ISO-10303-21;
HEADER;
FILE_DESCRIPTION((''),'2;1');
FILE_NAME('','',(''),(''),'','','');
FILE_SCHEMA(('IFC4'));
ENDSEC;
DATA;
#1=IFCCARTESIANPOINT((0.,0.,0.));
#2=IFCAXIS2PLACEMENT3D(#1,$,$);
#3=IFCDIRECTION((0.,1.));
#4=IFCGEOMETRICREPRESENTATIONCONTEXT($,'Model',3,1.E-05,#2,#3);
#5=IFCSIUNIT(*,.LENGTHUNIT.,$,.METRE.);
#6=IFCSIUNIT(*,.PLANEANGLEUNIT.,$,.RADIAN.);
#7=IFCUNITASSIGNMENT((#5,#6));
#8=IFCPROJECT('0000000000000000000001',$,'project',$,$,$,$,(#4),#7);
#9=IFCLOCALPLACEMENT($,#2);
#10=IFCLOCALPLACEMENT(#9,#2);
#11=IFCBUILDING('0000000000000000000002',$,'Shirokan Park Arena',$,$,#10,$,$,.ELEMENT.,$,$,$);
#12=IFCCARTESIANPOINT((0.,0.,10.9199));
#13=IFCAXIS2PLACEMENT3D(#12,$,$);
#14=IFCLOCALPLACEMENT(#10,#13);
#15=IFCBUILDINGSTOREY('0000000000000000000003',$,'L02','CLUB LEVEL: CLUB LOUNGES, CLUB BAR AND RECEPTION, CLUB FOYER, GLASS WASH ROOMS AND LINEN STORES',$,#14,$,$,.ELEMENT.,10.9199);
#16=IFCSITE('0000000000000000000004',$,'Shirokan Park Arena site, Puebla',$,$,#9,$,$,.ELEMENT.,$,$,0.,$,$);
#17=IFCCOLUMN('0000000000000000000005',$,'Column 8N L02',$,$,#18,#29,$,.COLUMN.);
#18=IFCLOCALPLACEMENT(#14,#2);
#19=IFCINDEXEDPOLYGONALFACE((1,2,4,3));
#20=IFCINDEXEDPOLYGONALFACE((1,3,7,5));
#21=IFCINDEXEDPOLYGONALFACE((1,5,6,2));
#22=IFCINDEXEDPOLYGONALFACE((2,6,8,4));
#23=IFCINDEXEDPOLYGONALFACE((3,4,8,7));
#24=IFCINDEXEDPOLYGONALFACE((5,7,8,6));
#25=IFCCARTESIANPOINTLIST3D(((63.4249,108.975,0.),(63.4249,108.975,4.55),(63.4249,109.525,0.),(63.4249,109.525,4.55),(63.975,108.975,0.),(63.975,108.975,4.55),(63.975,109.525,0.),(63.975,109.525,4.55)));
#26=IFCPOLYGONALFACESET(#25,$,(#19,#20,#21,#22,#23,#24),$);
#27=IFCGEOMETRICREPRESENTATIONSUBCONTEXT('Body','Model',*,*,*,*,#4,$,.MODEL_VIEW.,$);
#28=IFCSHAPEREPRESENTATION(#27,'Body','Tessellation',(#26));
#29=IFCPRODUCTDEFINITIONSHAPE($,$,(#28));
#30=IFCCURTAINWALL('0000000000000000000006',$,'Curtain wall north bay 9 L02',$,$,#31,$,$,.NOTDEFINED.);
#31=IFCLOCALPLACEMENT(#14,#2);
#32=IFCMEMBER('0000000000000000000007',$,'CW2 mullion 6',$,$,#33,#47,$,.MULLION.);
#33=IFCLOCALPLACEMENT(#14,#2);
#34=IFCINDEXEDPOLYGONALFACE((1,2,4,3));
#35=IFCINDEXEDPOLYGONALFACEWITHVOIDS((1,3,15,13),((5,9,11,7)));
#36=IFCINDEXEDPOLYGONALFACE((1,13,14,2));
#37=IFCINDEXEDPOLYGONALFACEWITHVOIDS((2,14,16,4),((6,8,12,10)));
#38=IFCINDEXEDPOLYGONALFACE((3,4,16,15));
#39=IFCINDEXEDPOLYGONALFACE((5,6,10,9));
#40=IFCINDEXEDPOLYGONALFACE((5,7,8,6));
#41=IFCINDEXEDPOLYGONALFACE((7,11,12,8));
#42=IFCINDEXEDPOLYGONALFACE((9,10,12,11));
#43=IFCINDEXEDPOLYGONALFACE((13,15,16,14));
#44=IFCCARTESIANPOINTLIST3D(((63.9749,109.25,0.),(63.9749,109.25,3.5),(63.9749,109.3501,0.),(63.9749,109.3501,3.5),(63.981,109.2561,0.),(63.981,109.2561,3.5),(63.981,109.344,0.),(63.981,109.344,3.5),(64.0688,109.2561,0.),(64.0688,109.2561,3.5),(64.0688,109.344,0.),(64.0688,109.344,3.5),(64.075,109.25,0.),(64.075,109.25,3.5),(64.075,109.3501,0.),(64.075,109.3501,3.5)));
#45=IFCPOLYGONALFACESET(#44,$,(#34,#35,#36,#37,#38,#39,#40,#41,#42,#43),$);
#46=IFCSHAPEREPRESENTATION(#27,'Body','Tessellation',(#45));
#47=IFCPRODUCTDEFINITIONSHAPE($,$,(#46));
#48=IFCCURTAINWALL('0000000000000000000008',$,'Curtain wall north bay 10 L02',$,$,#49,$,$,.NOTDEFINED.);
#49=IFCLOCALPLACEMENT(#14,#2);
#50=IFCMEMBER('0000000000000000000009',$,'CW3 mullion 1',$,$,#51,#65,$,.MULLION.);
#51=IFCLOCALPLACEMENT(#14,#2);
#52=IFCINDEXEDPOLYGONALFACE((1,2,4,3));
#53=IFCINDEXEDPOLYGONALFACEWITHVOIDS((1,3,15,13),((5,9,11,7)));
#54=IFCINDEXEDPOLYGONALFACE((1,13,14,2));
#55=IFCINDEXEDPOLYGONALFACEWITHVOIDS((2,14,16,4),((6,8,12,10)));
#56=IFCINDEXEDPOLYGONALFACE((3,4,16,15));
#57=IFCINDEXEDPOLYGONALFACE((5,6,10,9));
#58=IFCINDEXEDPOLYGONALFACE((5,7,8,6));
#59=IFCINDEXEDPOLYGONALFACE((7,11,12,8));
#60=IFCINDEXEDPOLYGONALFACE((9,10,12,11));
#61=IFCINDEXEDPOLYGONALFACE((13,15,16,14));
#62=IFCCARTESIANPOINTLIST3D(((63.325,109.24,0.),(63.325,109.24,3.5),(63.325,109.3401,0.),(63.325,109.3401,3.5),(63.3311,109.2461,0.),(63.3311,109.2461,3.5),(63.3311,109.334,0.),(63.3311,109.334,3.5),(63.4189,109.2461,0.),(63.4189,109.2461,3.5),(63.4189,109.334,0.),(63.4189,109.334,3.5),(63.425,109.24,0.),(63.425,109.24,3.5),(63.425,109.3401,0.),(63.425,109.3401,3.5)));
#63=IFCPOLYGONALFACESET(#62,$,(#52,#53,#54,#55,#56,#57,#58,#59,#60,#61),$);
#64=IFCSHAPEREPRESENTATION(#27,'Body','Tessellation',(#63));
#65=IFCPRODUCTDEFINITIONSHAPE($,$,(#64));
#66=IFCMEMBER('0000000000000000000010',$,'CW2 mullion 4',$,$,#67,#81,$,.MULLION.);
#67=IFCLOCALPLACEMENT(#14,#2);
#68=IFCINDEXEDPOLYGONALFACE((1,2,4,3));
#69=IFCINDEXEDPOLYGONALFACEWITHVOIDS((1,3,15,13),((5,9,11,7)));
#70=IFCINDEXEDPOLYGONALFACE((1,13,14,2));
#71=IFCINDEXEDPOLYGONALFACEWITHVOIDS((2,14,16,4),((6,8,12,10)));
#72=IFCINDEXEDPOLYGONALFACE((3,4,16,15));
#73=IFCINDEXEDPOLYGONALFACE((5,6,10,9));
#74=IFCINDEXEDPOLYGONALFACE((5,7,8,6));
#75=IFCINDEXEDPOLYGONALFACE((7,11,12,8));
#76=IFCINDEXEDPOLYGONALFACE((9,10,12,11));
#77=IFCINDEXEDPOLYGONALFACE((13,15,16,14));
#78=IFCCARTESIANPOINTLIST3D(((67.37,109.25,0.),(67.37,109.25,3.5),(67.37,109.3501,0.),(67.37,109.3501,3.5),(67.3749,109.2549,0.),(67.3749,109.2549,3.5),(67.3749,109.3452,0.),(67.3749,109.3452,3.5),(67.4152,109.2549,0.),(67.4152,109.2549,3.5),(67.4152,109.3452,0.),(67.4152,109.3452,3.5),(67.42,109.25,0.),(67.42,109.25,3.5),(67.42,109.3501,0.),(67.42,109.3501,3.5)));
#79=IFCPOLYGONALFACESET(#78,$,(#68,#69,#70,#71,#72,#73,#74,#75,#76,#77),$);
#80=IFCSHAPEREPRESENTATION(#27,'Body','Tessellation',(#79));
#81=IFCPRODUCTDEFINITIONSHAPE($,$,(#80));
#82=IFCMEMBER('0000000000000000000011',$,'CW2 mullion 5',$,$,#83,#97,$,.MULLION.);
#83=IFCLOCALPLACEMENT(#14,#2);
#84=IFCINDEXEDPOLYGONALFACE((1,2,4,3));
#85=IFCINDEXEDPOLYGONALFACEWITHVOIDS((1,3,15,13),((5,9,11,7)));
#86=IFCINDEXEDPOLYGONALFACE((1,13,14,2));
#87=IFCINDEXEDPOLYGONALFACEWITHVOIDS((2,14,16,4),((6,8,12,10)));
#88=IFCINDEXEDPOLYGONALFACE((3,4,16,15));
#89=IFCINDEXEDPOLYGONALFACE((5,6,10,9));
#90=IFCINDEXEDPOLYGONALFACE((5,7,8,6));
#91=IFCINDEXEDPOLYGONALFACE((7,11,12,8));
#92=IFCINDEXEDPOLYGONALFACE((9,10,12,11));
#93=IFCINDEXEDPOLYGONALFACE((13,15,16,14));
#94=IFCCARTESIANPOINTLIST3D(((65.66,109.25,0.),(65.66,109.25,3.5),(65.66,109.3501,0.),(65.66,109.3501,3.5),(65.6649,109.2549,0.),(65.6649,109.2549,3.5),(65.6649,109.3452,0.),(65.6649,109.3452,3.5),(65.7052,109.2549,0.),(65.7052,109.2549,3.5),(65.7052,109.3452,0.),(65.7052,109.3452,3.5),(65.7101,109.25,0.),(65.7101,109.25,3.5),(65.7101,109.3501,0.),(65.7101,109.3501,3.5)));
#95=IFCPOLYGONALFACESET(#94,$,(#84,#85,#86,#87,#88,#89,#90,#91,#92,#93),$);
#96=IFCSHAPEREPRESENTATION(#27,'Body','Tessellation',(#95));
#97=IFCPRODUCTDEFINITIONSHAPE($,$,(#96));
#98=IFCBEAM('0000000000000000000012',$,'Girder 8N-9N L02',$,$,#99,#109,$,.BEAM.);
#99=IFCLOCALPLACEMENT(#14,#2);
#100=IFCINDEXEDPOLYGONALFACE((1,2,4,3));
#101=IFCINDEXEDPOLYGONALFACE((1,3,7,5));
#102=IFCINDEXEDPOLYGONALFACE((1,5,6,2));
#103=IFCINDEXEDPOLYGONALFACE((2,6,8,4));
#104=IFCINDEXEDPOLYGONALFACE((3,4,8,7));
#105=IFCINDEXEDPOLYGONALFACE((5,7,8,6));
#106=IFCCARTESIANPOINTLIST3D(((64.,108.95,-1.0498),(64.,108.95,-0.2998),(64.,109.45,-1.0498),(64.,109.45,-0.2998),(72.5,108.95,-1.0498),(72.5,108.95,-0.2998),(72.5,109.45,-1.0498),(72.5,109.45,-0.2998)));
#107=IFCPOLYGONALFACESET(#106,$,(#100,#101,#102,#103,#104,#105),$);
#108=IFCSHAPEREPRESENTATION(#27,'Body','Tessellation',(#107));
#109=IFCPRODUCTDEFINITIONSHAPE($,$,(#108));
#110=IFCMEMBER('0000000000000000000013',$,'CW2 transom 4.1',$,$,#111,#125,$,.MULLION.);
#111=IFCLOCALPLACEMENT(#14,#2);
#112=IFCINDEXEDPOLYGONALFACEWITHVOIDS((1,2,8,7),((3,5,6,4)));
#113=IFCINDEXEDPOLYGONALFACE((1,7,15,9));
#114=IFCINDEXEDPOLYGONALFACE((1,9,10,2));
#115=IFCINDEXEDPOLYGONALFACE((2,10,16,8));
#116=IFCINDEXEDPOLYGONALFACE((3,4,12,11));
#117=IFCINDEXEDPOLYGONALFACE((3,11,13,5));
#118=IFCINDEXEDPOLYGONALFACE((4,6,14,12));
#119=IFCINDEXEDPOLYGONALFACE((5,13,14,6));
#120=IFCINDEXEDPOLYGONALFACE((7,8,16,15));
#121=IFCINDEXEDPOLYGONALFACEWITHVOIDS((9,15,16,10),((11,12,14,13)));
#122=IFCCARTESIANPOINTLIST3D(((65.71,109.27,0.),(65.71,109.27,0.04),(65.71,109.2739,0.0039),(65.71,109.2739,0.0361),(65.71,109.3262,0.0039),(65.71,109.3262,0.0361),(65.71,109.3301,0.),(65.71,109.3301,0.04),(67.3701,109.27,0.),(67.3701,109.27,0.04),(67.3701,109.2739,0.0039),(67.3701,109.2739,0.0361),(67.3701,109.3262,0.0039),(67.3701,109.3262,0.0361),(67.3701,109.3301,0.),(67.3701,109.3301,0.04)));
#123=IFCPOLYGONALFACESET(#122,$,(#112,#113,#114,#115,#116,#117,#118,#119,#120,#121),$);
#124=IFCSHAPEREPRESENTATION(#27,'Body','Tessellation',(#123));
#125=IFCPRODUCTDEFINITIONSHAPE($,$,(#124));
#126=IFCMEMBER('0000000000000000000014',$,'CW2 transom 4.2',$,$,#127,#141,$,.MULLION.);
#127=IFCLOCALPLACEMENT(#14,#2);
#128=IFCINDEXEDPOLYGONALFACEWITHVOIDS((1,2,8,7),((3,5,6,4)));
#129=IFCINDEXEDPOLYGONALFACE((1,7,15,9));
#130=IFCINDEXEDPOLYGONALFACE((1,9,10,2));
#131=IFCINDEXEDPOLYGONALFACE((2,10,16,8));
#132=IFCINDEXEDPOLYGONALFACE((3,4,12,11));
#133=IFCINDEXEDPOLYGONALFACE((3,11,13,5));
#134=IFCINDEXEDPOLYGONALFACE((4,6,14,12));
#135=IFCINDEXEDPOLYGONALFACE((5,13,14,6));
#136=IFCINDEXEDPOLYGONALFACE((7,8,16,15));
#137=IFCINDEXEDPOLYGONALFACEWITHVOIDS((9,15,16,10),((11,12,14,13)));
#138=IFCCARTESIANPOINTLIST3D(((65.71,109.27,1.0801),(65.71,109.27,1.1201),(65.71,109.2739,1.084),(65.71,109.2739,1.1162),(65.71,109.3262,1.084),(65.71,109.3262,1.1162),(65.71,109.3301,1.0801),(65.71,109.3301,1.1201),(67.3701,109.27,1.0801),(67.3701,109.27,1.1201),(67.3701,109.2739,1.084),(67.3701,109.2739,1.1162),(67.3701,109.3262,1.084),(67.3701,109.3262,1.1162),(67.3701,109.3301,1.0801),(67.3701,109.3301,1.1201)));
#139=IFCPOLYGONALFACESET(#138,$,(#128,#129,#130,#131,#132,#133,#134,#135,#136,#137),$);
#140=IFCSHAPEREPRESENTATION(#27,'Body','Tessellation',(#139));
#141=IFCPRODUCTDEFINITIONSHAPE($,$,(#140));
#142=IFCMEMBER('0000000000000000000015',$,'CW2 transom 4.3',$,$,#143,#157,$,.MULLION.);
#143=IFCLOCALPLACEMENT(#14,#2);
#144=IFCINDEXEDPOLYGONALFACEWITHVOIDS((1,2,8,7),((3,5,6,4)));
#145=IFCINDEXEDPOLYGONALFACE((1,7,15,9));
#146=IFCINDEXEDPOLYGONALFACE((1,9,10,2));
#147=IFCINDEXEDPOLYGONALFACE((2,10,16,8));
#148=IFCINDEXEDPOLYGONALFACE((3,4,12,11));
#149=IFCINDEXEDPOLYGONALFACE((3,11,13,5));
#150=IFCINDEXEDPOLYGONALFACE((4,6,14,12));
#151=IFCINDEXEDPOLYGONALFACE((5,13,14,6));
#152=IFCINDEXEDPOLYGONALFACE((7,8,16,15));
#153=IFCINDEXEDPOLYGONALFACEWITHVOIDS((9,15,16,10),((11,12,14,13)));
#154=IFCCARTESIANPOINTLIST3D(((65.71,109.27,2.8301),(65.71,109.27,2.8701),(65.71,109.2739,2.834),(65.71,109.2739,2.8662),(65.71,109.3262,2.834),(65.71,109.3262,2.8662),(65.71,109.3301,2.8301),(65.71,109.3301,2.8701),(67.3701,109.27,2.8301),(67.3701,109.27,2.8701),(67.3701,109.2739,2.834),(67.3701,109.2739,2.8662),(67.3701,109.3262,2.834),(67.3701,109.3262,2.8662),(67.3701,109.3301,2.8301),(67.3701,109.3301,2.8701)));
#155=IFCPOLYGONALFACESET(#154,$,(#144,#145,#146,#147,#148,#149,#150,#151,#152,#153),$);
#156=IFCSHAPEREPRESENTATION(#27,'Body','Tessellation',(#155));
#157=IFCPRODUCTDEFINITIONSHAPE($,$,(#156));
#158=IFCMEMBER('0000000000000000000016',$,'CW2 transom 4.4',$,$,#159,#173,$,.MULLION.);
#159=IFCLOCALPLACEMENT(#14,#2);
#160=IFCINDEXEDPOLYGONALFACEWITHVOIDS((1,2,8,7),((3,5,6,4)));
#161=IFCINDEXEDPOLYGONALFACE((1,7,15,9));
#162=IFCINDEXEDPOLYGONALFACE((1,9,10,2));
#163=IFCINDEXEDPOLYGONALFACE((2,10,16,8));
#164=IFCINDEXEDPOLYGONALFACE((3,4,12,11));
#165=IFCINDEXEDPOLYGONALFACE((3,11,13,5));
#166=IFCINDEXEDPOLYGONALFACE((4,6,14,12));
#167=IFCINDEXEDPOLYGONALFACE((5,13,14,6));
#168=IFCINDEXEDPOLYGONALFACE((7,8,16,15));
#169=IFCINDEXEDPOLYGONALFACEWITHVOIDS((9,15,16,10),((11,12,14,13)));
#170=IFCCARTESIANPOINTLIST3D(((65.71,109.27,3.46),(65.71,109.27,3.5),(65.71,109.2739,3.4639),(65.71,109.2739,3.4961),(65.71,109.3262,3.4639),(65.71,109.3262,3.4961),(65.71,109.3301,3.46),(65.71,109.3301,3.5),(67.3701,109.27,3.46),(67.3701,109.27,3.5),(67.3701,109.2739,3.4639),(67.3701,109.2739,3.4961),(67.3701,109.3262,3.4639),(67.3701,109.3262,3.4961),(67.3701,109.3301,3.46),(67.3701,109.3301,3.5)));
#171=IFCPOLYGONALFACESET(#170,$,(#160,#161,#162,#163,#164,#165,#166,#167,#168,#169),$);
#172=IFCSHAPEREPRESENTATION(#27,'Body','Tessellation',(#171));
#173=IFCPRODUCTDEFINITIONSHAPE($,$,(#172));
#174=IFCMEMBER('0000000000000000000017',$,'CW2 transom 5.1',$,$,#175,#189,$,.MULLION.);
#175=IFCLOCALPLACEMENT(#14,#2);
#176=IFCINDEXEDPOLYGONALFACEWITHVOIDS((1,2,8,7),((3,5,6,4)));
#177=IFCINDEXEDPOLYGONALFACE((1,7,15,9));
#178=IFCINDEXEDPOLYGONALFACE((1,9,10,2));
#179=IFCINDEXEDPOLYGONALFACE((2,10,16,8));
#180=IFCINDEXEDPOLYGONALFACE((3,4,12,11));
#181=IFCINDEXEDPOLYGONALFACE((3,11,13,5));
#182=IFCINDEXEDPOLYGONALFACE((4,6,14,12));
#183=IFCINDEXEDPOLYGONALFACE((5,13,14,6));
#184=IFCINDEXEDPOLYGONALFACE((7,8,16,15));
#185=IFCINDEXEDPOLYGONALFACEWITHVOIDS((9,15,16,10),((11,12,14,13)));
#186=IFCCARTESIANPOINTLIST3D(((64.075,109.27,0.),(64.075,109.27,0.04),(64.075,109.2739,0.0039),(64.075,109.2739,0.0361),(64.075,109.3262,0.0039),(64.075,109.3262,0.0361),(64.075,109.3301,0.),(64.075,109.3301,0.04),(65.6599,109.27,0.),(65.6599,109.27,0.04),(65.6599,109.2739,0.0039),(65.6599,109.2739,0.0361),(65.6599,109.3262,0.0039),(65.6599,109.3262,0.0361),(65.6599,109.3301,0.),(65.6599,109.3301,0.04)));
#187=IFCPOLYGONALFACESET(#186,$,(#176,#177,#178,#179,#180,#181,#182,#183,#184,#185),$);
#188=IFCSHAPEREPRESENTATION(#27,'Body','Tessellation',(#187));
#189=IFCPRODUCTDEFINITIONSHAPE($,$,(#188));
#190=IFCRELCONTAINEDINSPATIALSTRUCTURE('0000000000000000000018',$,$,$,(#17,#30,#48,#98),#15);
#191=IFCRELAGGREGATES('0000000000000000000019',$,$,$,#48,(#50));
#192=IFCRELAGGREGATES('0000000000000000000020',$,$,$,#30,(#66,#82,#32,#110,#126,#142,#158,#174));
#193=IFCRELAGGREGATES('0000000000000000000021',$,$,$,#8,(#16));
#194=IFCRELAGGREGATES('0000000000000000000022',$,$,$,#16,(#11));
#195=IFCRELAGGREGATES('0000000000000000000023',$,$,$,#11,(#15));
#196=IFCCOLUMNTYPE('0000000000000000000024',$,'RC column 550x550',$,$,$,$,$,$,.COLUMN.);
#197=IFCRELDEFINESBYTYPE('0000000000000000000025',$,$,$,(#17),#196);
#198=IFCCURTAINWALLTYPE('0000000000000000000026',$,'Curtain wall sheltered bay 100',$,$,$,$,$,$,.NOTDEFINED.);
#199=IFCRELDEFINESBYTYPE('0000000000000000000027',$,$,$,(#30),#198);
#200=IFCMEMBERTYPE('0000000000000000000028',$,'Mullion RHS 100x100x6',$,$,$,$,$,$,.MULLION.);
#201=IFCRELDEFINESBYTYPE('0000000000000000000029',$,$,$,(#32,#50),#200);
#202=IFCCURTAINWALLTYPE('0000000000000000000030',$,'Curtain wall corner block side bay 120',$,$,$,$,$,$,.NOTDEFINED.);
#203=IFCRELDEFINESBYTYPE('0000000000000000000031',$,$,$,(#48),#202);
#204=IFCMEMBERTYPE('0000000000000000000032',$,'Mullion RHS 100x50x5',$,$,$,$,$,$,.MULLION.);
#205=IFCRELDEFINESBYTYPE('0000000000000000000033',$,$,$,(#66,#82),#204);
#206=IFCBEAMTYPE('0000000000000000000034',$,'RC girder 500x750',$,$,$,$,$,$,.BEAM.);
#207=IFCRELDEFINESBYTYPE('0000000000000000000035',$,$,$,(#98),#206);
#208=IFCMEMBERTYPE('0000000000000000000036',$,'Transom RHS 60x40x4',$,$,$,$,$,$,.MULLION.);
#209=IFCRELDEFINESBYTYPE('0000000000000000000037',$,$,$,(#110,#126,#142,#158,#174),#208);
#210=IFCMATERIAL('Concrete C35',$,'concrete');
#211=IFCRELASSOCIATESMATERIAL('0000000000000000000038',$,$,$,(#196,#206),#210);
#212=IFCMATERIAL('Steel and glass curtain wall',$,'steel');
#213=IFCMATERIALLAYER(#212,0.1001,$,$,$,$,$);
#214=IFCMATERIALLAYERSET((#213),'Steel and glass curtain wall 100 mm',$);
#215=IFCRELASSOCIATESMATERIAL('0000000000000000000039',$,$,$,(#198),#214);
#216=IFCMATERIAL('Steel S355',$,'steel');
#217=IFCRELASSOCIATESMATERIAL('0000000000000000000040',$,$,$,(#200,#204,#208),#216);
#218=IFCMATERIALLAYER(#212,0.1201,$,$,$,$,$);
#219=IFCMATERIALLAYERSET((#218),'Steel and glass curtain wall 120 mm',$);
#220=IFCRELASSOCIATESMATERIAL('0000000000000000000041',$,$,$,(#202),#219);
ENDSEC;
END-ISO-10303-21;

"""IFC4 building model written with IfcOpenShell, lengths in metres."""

from ifc_helpers import new_model, si_unit, direction, frame, origin, origin_2d, place, context, subcontext, project, spatial, rectangle, hollow_rectangle, extrude, material, layer, layer_set, material_profile, profile_set, type_object, element, aggregate, save


model = new_model("IFC4")

# Units and contexts
model_context = context("Model", 3, precision=1e-05, world=origin(), true_north=direction((0.0, 1.0)))
body_context = subcontext(model_context, "Body", "Model", "MODEL_VIEW")
ifc_project = project(units=[si_unit("LENGTHUNIT", "METRE"), si_unit("PLANEANGLEUNIT", "RADIAN")], contexts=[model_context])

# Site, building, storey
site_placement = place(None, origin())
site = spatial("IfcSite", under=ifc_project, at=site_placement, Name="Shirokan Park Arena site, Puebla", CompositionType="ELEMENT", RefElevation=0.0)
building_placement = place(site_placement, origin())
building = spatial("IfcBuilding", under=site, at=building_placement, Name="Shirokan Park Arena", CompositionType="ELEMENT")
storey_placement = place(building_placement, frame((0.0, 0.0, 10.9199)))
storey = spatial("IfcBuildingStorey", under=building, at=storey_placement, Name="L02", Description="CLUB LEVEL: CLUB LOUNGES, CLUB BAR AND RECEPTION, CLUB FOYER, GLASS WASH ROOMS AND LINEN STORES", CompositionType="ELEMENT", Elevation=10.9199)

# Column
ifc_material_1 = material(Name="Concrete C35", Category="concrete")
ifc_material_profile_1 = material_profile(ifc_material_1, rectangle(XDim=0.55, YDim=0.55, at=origin_2d()), Name="550x550")
ifc_profile_set_1 = profile_set([ifc_material_profile_1], Name="Concrete C35")
column_type = type_object("IfcColumnType", Name="RC column 550x550", PredefinedType="COLUMN", material=ifc_profile_set_1)
column_placement = place(storey_placement, frame((63.7, 109.25, 0.0), z_axis=(0.0, 0.0, 1.0), x_axis=(1.0, 0.0, 0.0)))
element("IfcColumn", 1, at=column_placement, inside=storey, type_object=column_type, Name="Column 8N L02", PredefinedType="COLUMN", context=body_context, shape_type="SweptSolid", body=[
    extrude(rectangle(XDim=0.55, YDim=0.55, at=origin_2d()), origin(), (0.0, 0.0, 1.0), 4.55),
])

# Curtain walls, members
ifc_material_2 = material(Name="Steel and glass curtain wall", Category="steel")
ifc_layer_1 = layer(ifc_material_2, 0.1001)
ifc_layer_set_1 = layer_set([ifc_layer_1], Name="Steel and glass curtain wall 100 mm")
curtain_wall_type_1 = type_object("IfcCurtainWallType", Name="Curtain wall sheltered bay 100", PredefinedType="NOTDEFINED", material=ifc_layer_set_1)
curtain_wall_1_placement = place(storey_placement, origin())
curtain_wall_1 = element("IfcCurtainWall", 2, at=curtain_wall_1_placement, inside=storey, type_object=curtain_wall_type_1, Name="Curtain wall north bay 9 L02", PredefinedType="NOTDEFINED")
ifc_material_3 = material(Name="Steel S355", Category="steel")
ifc_material_profile_2 = material_profile(ifc_material_3, hollow_rectangle(XDim=0.1001, YDim=0.1001, WallThickness=0.0061, at=origin_2d()), Name="RHS 100x100x6")
ifc_profile_set_2 = profile_set([ifc_material_profile_2], Name="Steel S355")
member_type_1 = type_object("IfcMemberType", Name="Mullion RHS 100x100x6", PredefinedType="MULLION", material=ifc_profile_set_2)
member_1_placement = place(storey_placement, frame((64.0249, 109.3, 0.0), z_axis=(0.0, 0.0, 1.0), x_axis=(0.0, -1.0, 0.0)))
member_1 = element("IfcMember", 3, at=member_1_placement, type_object=member_type_1, Name="CW2 mullion 6", PredefinedType="MULLION", context=body_context, shape_type="SweptSolid", body=[
    extrude(hollow_rectangle(XDim=0.1001, YDim=0.1001, WallThickness=0.0061, at=origin_2d()), origin(), (0.0, 0.0, 1.0), 3.5),
])
ifc_layer_2 = layer(ifc_material_2, 0.1201)
ifc_layer_set_2 = layer_set([ifc_layer_2], Name="Steel and glass curtain wall 120 mm")
curtain_wall_type_2 = type_object("IfcCurtainWallType", Name="Curtain wall corner block side bay 120", PredefinedType="NOTDEFINED", material=ifc_layer_set_2)
curtain_wall_2_placement = place(storey_placement, origin())
curtain_wall_2 = element("IfcCurtainWall", 4, at=curtain_wall_2_placement, inside=storey, type_object=curtain_wall_type_2, Name="Curtain wall north bay 10 L02", PredefinedType="NOTDEFINED")
member_2_placement = place(storey_placement, frame((63.375, 109.29, 0.0), z_axis=(0.0, 0.0, 1.0), x_axis=(0.0, -1.0, 0.0)))
member_2 = element("IfcMember", 5, at=member_2_placement, type_object=member_type_1, Name="CW3 mullion 1", PredefinedType="MULLION", context=body_context, shape_type="SweptSolid", body=[
    extrude(hollow_rectangle(XDim=0.1001, YDim=0.1001, WallThickness=0.0061, at=origin_2d()), origin(), (0.0, 0.0, 1.0), 3.5),
])

# Members
ifc_material_profile_3 = material_profile(ifc_material_3, hollow_rectangle(XDim=0.1001, YDim=0.05, WallThickness=0.0049, at=origin_2d()), Name="RHS 100x50x5")
ifc_profile_set_3 = profile_set([ifc_material_profile_3], Name="Steel S355")
member_type_2 = type_object("IfcMemberType", Name="Mullion RHS 100x50x5", PredefinedType="MULLION", material=ifc_profile_set_3)
member_3_placement = place(storey_placement, frame((67.395, 109.3, 0.0), z_axis=(0.0, 0.0, 1.0), x_axis=(0.0, -1.0, 0.0)))
member_3 = element("IfcMember", 6, at=member_3_placement, type_object=member_type_2, Name="CW2 mullion 4", PredefinedType="MULLION", context=body_context, shape_type="SweptSolid", body=[
    extrude(hollow_rectangle(XDim=0.1001, YDim=0.05, WallThickness=0.0049, at=origin_2d()), origin(), (0.0, 0.0, 1.0), 3.5),
])
member_4_placement = place(storey_placement, frame((65.6851, 109.3, 0.0), z_axis=(0.0, 0.0, 1.0), x_axis=(0.0, -1.0, 0.0)))
member_4 = element("IfcMember", 7, at=member_4_placement, type_object=member_type_2, Name="CW2 mullion 5", PredefinedType="MULLION", context=body_context, shape_type="SweptSolid", body=[
    extrude(hollow_rectangle(XDim=0.1001, YDim=0.05, WallThickness=0.0049, at=origin_2d()), origin(), (0.0, 0.0, 1.0), 3.5),
])

# Beam
ifc_material_profile_4 = material_profile(ifc_material_1, rectangle(XDim=0.5, YDim=0.75, at=origin_2d()), Name="500x750")
ifc_profile_set_4 = profile_set([ifc_material_profile_4], Name="Concrete C35")
beam_type = type_object("IfcBeamType", Name="RC girder 500x750", PredefinedType="BEAM", material=ifc_profile_set_4)
beam_placement = place(storey_placement, frame((64.0, 109.2, -0.6748), z_axis=(1.0, 0.0, 0.0), x_axis=(0.0, 1.0, 0.0)))
element("IfcBeam", 8, at=beam_placement, inside=storey, type_object=beam_type, Name="Girder 8N-9N L02", PredefinedType="BEAM", context=body_context, shape_type="SweptSolid", body=[
    extrude(rectangle(XDim=0.5, YDim=0.75, at=origin_2d()), origin(), (0.0, 0.0, 1.0), 8.5),
])

# Members
ifc_material_profile_5 = material_profile(ifc_material_3, hollow_rectangle(XDim=0.0601, YDim=0.04, WallThickness=0.0039, at=origin_2d()), Name="RHS 60x40x4")
ifc_profile_set_5 = profile_set([ifc_material_profile_5], Name="Steel S355")
member_type_3 = type_object("IfcMemberType", Name="Transom RHS 60x40x4", PredefinedType="MULLION", material=ifc_profile_set_5)
member_5_placement = place(storey_placement, frame((67.3701, 109.3, 0.02), z_axis=(-1.0, 0.0, 0.0), x_axis=(0.0, -1.0, 0.0)))
member_5 = element("IfcMember", 9, at=member_5_placement, type_object=member_type_3, Name="CW2 transom 4.1", PredefinedType="MULLION", context=body_context, shape_type="SweptSolid", body=[
    extrude(hollow_rectangle(XDim=0.0601, YDim=0.04, WallThickness=0.0039, at=origin_2d()), origin(), (0.0, 0.0, 1.0), 1.6602),
])
member_6_placement = place(storey_placement, frame((67.3701, 109.3, 1.1001), z_axis=(-1.0, 0.0, 0.0), x_axis=(0.0, -1.0, 0.0)))
member_6 = element("IfcMember", 10, at=member_6_placement, type_object=member_type_3, Name="CW2 transom 4.2", PredefinedType="MULLION", context=body_context, shape_type="SweptSolid", body=[
    extrude(hollow_rectangle(XDim=0.0601, YDim=0.04, WallThickness=0.0039, at=origin_2d()), origin(), (0.0, 0.0, 1.0), 1.6602),
])
member_7_placement = place(storey_placement, frame((67.3701, 109.3, 2.8501), z_axis=(-1.0, 0.0, 0.0), x_axis=(0.0, -1.0, 0.0)))
member_7 = element("IfcMember", 11, at=member_7_placement, type_object=member_type_3, Name="CW2 transom 4.3", PredefinedType="MULLION", context=body_context, shape_type="SweptSolid", body=[
    extrude(hollow_rectangle(XDim=0.0601, YDim=0.04, WallThickness=0.0039, at=origin_2d()), origin(), (0.0, 0.0, 1.0), 1.6602),
])
member_8_placement = place(storey_placement, frame((67.3701, 109.3, 3.48), z_axis=(-1.0, 0.0, 0.0), x_axis=(0.0, -1.0, 0.0)))
member_8 = element("IfcMember", 12, at=member_8_placement, type_object=member_type_3, Name="CW2 transom 4.4", PredefinedType="MULLION", context=body_context, shape_type="SweptSolid", body=[
    extrude(hollow_rectangle(XDim=0.0601, YDim=0.04, WallThickness=0.0039, at=origin_2d()), origin(), (0.0, 0.0, 1.0), 1.6602),
])
member_9_placement = place(storey_placement, frame((65.6599, 109.3, 0.02), z_axis=(-1.0, 0.0, 0.0), x_axis=(0.0, -1.0, 0.0)))
member_9 = element("IfcMember", 13, at=member_9_placement, type_object=member_type_3, Name="CW2 transom 5.1", PredefinedType="MULLION", context=body_context, shape_type="SweptSolid", body=[
    extrude(hollow_rectangle(XDim=0.0601, YDim=0.04, WallThickness=0.0039, at=origin_2d()), origin(), (0.0, 0.0, 1.0), 1.585),
])

aggregate(curtain_wall_2, [member_2])
aggregate(curtain_wall_1, [member_3, member_4, member_1, member_5, member_6, member_7, member_8, member_9])

save(model, "model.ifc")
